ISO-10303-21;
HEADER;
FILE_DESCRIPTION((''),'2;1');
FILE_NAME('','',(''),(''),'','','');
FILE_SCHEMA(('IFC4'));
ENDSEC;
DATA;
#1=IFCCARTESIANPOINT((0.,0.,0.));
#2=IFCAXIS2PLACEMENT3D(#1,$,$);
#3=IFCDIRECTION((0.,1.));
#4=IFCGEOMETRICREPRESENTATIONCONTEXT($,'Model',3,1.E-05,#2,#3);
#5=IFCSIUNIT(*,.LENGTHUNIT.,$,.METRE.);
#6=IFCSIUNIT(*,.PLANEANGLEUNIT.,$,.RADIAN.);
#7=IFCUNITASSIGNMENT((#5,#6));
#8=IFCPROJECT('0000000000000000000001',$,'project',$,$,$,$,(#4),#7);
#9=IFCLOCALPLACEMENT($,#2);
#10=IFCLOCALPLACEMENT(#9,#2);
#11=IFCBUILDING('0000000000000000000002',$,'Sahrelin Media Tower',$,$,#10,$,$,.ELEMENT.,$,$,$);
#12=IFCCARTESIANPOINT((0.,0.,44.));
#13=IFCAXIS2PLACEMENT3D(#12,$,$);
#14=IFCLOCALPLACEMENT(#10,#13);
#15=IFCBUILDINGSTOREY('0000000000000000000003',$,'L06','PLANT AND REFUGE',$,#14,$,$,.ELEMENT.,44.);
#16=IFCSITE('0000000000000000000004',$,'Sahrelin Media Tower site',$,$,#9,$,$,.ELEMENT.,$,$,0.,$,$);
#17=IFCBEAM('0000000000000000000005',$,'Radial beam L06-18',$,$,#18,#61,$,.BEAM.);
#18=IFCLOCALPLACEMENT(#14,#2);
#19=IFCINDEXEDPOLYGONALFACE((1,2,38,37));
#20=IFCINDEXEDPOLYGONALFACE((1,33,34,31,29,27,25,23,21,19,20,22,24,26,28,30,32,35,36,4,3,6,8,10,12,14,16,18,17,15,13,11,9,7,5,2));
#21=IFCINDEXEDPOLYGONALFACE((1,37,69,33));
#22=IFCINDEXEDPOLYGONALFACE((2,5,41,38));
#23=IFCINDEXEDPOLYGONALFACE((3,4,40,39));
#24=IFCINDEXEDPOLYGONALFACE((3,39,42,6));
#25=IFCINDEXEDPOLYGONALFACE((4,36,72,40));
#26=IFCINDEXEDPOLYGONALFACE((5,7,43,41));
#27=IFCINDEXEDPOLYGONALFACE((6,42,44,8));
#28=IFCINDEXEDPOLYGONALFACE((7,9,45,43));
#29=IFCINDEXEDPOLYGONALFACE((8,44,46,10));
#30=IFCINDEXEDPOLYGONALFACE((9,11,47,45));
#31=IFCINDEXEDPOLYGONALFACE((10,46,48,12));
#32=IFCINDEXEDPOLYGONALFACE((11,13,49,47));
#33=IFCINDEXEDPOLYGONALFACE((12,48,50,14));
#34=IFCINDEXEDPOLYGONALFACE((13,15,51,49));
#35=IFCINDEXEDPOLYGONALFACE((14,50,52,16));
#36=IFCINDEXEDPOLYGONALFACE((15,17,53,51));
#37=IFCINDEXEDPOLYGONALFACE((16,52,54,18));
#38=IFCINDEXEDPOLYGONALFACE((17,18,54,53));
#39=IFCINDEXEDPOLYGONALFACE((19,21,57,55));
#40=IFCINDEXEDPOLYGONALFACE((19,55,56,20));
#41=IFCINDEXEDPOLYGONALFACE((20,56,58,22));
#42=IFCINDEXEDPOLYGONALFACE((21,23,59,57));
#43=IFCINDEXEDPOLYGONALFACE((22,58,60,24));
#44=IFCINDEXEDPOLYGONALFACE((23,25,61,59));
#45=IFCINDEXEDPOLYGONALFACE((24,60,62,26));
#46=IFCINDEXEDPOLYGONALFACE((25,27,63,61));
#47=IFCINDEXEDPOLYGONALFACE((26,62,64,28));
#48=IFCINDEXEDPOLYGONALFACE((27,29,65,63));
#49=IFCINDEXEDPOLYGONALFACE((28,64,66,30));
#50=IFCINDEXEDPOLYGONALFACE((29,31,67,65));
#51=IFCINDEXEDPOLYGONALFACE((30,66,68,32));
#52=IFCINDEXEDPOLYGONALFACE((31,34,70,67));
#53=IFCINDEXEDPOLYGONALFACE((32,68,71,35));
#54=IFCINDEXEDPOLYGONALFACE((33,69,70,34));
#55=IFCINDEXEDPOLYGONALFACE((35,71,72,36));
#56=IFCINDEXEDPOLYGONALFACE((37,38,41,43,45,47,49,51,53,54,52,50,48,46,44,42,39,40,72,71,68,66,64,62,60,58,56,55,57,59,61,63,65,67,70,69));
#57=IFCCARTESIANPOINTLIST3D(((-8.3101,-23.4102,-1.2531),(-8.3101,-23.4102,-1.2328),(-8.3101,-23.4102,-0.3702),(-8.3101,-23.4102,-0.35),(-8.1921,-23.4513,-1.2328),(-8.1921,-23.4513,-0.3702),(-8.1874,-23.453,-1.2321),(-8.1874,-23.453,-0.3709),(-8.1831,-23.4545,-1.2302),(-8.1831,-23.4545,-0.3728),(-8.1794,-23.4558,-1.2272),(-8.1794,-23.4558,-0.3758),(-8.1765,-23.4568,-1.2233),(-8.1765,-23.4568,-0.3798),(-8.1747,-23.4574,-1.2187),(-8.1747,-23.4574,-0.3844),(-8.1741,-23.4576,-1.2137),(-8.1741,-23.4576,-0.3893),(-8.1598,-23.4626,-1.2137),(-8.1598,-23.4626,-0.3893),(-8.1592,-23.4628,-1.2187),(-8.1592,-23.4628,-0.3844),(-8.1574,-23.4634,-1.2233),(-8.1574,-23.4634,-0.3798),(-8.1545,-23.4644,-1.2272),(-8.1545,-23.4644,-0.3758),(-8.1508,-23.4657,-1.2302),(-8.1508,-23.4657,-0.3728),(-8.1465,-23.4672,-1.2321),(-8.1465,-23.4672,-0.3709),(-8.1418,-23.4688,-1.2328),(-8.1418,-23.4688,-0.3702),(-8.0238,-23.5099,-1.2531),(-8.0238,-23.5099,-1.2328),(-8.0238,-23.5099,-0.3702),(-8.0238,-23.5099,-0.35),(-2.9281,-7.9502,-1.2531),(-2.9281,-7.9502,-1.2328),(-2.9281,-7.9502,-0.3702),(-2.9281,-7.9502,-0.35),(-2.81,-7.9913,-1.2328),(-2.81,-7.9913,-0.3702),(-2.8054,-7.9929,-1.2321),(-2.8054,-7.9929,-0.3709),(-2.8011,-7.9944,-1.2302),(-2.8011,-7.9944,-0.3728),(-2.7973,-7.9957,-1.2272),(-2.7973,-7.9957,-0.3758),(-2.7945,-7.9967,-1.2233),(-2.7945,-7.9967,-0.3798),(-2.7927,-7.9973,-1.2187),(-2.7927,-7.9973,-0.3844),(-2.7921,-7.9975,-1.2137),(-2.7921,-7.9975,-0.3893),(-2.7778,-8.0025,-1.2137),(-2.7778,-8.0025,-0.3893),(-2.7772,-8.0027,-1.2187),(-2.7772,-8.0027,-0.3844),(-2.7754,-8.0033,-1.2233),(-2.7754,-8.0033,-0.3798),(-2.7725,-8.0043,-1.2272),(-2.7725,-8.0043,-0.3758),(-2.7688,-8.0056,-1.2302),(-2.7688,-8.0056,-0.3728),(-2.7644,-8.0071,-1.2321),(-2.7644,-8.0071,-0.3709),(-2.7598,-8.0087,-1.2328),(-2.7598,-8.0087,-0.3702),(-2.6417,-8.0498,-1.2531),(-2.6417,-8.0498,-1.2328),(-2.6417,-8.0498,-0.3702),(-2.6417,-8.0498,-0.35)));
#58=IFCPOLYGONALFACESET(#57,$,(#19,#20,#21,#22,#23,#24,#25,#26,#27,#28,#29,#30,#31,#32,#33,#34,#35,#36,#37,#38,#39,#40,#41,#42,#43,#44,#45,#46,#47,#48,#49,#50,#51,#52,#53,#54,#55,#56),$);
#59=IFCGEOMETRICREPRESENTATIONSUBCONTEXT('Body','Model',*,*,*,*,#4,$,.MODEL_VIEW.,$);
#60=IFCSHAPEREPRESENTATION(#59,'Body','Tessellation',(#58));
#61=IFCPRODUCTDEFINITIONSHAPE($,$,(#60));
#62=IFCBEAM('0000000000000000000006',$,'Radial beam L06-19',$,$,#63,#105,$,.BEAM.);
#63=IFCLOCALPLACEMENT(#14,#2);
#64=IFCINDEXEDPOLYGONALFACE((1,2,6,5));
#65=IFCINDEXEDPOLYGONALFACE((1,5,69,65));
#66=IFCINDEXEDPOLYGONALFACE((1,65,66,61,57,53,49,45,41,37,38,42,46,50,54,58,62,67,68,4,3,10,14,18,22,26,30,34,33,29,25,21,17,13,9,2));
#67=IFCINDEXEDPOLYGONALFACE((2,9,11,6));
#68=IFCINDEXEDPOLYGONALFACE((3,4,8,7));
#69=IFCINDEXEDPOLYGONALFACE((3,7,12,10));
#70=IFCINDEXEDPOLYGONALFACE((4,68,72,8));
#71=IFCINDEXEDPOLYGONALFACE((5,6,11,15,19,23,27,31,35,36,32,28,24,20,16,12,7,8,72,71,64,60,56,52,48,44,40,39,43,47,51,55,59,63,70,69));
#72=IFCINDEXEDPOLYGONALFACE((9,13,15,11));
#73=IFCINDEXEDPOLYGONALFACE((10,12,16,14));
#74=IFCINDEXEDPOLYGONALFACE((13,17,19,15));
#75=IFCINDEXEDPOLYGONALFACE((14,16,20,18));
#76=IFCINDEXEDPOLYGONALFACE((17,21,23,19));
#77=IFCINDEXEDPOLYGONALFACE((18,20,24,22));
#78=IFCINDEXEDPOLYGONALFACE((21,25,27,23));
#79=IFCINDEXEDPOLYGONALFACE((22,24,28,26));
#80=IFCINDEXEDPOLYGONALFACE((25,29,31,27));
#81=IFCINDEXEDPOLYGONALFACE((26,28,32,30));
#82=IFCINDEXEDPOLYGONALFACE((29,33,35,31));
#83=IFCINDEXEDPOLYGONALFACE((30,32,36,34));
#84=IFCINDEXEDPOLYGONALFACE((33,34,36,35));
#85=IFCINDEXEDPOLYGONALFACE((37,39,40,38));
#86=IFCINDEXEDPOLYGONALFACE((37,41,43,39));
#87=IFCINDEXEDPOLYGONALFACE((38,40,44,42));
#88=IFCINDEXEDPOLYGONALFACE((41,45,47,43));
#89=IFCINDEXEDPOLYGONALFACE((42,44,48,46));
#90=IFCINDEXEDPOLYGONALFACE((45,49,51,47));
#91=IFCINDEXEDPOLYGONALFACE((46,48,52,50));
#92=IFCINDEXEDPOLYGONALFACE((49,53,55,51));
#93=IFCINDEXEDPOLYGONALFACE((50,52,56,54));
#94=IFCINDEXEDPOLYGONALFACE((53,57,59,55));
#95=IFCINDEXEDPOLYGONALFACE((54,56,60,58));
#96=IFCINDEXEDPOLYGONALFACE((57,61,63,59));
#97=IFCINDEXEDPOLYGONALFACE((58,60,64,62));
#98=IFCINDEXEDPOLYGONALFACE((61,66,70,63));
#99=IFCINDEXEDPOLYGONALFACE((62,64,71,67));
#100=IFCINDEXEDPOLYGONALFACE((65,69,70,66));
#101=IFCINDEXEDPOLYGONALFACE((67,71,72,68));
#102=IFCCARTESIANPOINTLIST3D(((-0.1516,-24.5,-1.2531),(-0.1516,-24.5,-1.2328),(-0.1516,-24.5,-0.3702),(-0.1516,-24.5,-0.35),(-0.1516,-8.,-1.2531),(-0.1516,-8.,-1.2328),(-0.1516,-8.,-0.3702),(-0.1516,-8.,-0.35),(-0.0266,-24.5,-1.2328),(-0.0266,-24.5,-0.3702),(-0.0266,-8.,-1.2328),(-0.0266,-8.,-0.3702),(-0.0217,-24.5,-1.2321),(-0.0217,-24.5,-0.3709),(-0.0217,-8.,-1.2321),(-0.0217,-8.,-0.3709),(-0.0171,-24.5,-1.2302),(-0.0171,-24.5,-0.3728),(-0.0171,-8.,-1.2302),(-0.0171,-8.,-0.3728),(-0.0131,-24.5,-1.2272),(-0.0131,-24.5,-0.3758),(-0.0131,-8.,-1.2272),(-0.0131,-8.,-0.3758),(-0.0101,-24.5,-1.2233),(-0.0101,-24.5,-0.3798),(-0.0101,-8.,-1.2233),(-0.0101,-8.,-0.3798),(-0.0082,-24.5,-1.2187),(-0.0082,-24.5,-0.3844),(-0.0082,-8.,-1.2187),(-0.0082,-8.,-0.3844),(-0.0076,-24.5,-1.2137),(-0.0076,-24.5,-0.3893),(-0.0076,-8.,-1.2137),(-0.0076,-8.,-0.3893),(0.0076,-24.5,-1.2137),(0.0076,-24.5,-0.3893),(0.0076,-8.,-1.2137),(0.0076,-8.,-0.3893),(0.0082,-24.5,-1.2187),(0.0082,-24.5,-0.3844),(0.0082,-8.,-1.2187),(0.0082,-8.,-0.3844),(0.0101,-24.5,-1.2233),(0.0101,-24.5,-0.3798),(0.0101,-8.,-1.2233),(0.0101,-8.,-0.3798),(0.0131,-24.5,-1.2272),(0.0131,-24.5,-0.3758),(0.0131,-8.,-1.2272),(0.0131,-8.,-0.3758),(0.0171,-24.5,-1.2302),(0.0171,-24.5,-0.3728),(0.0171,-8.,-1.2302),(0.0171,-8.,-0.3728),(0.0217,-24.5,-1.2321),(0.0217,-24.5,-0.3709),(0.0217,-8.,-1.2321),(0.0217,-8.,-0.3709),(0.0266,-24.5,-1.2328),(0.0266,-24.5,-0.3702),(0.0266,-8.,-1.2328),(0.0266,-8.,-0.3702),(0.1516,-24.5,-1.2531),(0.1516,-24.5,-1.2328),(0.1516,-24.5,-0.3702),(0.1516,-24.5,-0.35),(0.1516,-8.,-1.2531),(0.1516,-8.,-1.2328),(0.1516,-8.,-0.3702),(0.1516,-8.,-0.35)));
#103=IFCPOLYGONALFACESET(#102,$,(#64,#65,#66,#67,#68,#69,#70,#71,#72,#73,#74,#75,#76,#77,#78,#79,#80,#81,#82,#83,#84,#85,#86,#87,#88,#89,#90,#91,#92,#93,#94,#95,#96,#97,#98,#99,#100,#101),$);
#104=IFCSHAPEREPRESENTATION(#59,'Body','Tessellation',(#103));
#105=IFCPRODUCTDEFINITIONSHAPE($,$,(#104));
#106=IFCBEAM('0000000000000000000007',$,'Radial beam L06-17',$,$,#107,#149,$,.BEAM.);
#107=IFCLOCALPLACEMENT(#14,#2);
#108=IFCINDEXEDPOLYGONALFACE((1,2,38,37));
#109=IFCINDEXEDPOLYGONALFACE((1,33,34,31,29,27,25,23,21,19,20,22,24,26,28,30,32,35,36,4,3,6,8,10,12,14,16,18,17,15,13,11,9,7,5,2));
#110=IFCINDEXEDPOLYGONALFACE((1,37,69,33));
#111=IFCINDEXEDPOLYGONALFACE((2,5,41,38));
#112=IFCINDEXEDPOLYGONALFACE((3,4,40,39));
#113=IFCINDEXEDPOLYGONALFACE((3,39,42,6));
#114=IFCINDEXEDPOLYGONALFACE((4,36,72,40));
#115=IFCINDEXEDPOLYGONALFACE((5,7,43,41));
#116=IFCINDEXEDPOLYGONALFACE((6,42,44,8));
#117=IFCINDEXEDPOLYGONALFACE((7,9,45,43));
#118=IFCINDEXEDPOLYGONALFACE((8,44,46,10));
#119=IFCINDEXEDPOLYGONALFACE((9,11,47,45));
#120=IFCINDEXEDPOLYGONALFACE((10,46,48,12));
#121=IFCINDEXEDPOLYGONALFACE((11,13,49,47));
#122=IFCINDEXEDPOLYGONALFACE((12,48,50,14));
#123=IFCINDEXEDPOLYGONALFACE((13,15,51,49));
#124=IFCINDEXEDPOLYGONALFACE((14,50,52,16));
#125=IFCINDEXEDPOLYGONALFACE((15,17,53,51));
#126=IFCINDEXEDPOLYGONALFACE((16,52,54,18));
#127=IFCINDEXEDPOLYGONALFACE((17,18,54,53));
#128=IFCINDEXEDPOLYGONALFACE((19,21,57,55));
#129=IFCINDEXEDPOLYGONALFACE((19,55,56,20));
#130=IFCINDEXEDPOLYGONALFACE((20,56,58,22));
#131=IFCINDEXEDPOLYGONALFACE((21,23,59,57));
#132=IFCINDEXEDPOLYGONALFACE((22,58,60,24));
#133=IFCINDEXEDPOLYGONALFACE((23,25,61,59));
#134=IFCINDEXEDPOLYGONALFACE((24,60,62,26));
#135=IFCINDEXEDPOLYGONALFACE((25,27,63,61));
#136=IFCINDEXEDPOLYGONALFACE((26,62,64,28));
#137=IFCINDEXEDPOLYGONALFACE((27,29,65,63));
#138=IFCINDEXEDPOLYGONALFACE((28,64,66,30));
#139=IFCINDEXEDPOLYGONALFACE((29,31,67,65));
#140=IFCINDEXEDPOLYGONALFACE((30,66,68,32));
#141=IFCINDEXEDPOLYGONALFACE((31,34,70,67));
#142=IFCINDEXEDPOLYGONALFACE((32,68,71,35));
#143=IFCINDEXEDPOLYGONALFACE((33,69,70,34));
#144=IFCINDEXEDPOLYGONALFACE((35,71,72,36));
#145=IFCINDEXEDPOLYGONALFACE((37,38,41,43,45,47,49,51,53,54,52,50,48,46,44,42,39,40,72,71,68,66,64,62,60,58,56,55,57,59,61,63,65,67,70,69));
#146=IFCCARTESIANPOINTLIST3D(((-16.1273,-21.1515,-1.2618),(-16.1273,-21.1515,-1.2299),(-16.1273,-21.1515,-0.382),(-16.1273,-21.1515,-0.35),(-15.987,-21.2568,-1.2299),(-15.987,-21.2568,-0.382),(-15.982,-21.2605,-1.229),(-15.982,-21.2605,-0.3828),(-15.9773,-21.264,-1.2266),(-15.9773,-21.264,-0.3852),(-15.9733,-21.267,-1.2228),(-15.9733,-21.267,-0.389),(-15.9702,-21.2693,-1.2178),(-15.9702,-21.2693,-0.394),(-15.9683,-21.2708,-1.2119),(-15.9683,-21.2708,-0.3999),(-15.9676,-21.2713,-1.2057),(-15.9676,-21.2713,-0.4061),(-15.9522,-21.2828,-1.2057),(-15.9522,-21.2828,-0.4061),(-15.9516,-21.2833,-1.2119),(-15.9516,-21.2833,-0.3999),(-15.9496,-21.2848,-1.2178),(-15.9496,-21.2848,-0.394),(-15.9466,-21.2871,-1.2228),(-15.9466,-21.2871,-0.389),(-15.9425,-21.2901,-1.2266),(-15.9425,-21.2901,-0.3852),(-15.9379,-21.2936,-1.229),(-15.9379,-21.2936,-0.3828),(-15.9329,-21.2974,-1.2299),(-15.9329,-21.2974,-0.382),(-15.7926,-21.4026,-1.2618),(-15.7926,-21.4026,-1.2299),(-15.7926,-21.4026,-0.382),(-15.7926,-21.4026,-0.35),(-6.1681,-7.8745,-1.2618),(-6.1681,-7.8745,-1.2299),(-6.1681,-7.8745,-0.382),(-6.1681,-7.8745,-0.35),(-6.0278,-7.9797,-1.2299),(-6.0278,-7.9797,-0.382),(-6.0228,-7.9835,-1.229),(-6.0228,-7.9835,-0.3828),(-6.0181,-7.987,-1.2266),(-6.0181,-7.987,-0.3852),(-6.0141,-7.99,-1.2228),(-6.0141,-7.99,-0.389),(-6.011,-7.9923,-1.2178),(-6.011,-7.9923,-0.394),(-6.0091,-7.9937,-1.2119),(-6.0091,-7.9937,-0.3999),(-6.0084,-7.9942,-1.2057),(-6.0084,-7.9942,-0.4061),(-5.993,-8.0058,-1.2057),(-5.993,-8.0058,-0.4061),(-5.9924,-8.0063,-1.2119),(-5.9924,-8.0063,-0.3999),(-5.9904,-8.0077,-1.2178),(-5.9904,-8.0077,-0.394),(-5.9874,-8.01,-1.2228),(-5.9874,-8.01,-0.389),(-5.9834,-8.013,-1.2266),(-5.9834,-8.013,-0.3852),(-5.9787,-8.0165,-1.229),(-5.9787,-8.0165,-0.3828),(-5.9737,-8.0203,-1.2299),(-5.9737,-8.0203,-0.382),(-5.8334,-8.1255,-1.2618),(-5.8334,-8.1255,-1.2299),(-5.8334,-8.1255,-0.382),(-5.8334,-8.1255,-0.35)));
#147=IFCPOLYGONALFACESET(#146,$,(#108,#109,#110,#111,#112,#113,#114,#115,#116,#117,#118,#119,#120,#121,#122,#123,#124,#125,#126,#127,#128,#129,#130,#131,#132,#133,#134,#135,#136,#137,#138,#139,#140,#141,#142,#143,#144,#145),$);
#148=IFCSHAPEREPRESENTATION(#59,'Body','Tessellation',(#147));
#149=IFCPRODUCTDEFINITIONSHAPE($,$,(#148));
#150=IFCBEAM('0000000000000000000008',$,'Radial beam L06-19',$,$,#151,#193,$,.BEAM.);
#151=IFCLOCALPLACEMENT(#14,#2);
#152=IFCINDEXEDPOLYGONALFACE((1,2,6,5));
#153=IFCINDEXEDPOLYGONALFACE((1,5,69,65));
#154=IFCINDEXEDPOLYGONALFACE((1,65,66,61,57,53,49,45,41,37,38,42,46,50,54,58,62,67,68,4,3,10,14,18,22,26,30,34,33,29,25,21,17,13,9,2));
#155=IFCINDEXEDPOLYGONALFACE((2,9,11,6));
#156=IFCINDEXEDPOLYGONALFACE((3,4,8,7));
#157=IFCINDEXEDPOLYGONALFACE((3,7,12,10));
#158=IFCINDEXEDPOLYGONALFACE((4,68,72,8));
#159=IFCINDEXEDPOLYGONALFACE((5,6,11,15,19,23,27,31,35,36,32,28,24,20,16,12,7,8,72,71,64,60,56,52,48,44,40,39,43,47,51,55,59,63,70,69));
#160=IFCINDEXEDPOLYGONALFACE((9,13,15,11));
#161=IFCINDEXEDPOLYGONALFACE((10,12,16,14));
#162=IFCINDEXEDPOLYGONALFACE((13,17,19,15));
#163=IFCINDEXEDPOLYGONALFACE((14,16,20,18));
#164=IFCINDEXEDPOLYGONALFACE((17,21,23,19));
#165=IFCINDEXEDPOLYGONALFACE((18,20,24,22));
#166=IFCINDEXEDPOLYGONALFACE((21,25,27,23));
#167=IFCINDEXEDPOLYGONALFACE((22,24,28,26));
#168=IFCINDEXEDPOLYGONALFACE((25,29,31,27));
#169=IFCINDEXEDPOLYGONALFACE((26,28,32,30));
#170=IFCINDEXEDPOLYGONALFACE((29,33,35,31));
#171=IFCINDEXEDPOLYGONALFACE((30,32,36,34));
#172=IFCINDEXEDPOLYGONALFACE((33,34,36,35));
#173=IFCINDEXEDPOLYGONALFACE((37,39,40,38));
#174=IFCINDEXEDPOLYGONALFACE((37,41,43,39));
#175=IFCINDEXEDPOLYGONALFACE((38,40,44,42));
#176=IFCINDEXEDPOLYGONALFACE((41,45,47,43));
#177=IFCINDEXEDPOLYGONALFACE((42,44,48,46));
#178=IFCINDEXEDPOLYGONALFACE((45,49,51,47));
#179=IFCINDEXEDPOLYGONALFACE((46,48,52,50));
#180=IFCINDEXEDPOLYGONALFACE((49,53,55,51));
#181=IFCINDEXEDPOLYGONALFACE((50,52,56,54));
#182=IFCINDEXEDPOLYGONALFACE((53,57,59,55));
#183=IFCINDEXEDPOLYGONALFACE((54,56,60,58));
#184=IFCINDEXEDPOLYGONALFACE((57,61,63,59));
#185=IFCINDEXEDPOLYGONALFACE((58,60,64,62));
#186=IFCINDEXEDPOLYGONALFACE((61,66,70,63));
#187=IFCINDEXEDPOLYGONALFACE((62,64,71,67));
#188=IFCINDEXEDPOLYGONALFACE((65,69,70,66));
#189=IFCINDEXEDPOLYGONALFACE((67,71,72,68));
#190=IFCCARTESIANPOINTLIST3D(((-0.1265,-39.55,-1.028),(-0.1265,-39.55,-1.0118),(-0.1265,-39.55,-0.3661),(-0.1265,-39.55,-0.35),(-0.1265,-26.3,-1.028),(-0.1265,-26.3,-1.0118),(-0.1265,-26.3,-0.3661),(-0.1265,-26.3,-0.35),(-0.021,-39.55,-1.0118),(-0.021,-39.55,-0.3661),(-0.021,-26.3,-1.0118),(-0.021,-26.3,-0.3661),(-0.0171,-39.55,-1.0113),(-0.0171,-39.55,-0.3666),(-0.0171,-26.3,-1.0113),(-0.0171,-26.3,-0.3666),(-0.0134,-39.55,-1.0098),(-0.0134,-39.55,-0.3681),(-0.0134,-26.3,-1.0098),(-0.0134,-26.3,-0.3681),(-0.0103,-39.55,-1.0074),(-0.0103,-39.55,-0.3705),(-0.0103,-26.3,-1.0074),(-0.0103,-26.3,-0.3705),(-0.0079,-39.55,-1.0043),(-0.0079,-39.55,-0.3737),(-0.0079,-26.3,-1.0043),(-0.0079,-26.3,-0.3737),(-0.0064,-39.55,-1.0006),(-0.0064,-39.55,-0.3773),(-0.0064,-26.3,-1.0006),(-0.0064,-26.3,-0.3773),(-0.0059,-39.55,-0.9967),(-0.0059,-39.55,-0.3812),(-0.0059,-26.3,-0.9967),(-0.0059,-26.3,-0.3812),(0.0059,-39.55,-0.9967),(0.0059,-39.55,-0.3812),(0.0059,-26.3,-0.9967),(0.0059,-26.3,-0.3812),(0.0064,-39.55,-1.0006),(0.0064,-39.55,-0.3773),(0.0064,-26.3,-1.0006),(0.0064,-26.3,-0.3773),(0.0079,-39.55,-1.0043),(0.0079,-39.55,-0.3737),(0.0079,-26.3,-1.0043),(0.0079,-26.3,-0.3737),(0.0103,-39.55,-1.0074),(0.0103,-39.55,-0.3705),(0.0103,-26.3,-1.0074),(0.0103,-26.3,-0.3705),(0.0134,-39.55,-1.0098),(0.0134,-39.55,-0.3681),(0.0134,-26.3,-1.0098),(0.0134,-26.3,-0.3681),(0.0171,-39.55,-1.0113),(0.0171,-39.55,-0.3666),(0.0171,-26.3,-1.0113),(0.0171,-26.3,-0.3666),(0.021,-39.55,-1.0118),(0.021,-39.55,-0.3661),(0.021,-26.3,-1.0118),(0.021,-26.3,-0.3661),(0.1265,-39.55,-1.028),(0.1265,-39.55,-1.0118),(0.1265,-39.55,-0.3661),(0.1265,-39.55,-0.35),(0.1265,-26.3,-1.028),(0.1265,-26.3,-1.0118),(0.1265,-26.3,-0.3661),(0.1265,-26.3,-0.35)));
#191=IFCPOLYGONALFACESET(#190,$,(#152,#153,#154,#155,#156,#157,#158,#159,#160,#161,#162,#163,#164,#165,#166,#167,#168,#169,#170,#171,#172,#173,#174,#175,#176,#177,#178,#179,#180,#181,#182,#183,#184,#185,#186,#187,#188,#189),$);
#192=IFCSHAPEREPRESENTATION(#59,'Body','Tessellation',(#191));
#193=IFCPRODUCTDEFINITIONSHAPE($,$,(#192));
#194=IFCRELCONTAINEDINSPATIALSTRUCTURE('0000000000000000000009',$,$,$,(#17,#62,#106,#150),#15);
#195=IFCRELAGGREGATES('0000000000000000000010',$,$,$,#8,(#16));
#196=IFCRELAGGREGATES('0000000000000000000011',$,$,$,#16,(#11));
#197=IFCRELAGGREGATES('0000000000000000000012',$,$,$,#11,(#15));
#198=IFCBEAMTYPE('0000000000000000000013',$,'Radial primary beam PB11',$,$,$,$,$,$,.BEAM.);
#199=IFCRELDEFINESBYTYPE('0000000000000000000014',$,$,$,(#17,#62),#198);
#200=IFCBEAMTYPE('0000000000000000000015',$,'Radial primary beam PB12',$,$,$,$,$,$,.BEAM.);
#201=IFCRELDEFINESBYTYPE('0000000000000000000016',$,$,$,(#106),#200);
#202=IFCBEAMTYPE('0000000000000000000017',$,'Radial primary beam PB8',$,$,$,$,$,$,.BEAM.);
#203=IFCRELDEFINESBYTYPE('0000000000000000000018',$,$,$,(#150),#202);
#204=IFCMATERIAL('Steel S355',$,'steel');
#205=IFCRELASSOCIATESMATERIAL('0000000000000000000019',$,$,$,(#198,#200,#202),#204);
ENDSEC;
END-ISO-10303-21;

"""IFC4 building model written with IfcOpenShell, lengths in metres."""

from ifc_helpers import new_model, si_unit, direction, frame, origin, origin_2d, place, context, subcontext, project, spatial, i_section, extrude, material, material_profile, profile_set, type_object, element, save


model = new_model("IFC4")

# Units and contexts
model_context = context("Model", 3, precision=1e-05, world=origin(), true_north=direction((0.0, 1.0)))
body_context = subcontext(model_context, "Body", "Model", "MODEL_VIEW")
ifc_project = project(units=[si_unit("LENGTHUNIT", "METRE"), si_unit("PLANEANGLEUNIT", "RADIAN")], contexts=[model_context])

# Site, building, storey
site_placement = place(None, origin())
site = spatial("IfcSite", under=ifc_project, at=site_placement, Name="Sahrelin Media Tower site", CompositionType="ELEMENT", RefElevation=0.0)
building_placement = place(site_placement, origin())
building = spatial("IfcBuilding", under=site, at=building_placement, Name="Sahrelin Media Tower", CompositionType="ELEMENT")
storey_placement = place(building_placement, frame((0.0, 0.0, 44.0)))
storey = spatial("IfcBuildingStorey", under=building, at=storey_placement, Name="L06", Description="PLANT AND REFUGE", CompositionType="ELEMENT", Elevation=44.0)

# Beams
ifc_material_1 = material(Name="Steel S355", Category="steel")
ifc_material_profile_1 = material_profile(ifc_material_1, i_section(OverallWidth=0.3032, OverallDepth=0.9031, WebThickness=0.0151, FlangeThickness=0.0203, FilletRadius=0.019, at=origin_2d()), Name="UB 914x305x201")
ifc_profile_set_1 = profile_set([ifc_material_profile_1], Name="Steel S355")
beam_type_1 = type_object("IfcBeamType", Name="Radial primary beam PB11", PredefinedType="BEAM", material=ifc_profile_set_1)
beam_1_placement = place(storey_placement, frame((-2.7849, -8.0, -0.8015), z_axis=(-0.328772, -0.944409, 0.0), x_axis=(0.944409, -0.328772, 0.0)))
element("IfcBeam", 1, at=beam_1_placement, inside=storey, type_object=beam_type_1, Name="Radial beam L06-18", PredefinedType="BEAM", context=body_context, shape_type="SweptSolid", body=[
    extrude(i_section(OverallWidth=0.3032, OverallDepth=0.9031, WebThickness=0.0151, FlangeThickness=0.0203, FilletRadius=0.019, at=origin_2d()), origin(), (0.0, 0.0, 1.0), 16.3701),
])
beam_2_placement = place(storey_placement, frame((0.0, -8.0, -0.8015), z_axis=(0.0, -1.0, 0.0), x_axis=(1.0, 0.0, 0.0)))
element("IfcBeam", 2, at=beam_2_placement, inside=storey, type_object=beam_type_1, Name="Radial beam L06-19", PredefinedType="BEAM", context=body_context, shape_type="SweptSolid", body=[
    extrude(i_section(OverallWidth=0.3032, OverallDepth=0.9031, WebThickness=0.0151, FlangeThickness=0.0203, FilletRadius=0.019, at=origin_2d()), origin(), (0.0, 0.0, 1.0), 16.5),
])
ifc_material_profile_2 = material_profile(ifc_material_1, i_section(OverallWidth=0.4185, OverallDepth=0.9119, WebThickness=0.0193, FlangeThickness=0.032, FilletRadius=0.0242, at=origin_2d()), Name="UB 914x419x343")
ifc_profile_set_2 = profile_set([ifc_material_profile_2], Name="Steel S355")
beam_type_2 = type_object("IfcBeamType", Name="Radial primary beam PB12", PredefinedType="BEAM", material=ifc_profile_set_2)
beam_3_placement = place(storey_placement, frame((-6.0007, -8.0, -0.8059), z_axis=(-0.600054, -0.799959, 0.0), x_axis=(0.799959, -0.600054, 0.0)))
element("IfcBeam", 3, at=beam_3_placement, inside=storey, type_object=beam_type_2, Name="Radial beam L06-17", PredefinedType="BEAM", context=body_context, shape_type="SweptSolid", body=[
    extrude(i_section(OverallWidth=0.4185, OverallDepth=0.9119, WebThickness=0.0193, FlangeThickness=0.032, FilletRadius=0.0242, at=origin_2d()), origin(), (0.0, 0.0, 1.0), 16.5972),
])
ifc_material_profile_3 = material_profile(ifc_material_1, i_section(OverallWidth=0.2529, OverallDepth=0.678, WebThickness=0.0117, FlangeThickness=0.0161, FilletRadius=0.0151, at=origin_2d()), Name="UB 686x254x125")
ifc_profile_set_3 = profile_set([ifc_material_profile_3], Name="Steel S355")
beam_type_3 = type_object("IfcBeamType", Name="Radial primary beam PB8", PredefinedType="BEAM", material=ifc_profile_set_3)
beam_4_placement = place(storey_placement, frame((0.0, -26.3, -0.689), z_axis=(0.0, -1.0, 0.0), x_axis=(1.0, 0.0, 0.0)))
element("IfcBeam", 4, at=beam_4_placement, inside=storey, type_object=beam_type_3, Name="Radial beam L06-19", PredefinedType="BEAM", context=body_context, shape_type="SweptSolid", body=[
    extrude(i_section(OverallWidth=0.2529, OverallDepth=0.678, WebThickness=0.0117, FlangeThickness=0.0161, FilletRadius=0.0151, at=origin_2d()), origin(), (0.0, 0.0, 1.0), 13.25),
])

save(model, "model.ifc")
